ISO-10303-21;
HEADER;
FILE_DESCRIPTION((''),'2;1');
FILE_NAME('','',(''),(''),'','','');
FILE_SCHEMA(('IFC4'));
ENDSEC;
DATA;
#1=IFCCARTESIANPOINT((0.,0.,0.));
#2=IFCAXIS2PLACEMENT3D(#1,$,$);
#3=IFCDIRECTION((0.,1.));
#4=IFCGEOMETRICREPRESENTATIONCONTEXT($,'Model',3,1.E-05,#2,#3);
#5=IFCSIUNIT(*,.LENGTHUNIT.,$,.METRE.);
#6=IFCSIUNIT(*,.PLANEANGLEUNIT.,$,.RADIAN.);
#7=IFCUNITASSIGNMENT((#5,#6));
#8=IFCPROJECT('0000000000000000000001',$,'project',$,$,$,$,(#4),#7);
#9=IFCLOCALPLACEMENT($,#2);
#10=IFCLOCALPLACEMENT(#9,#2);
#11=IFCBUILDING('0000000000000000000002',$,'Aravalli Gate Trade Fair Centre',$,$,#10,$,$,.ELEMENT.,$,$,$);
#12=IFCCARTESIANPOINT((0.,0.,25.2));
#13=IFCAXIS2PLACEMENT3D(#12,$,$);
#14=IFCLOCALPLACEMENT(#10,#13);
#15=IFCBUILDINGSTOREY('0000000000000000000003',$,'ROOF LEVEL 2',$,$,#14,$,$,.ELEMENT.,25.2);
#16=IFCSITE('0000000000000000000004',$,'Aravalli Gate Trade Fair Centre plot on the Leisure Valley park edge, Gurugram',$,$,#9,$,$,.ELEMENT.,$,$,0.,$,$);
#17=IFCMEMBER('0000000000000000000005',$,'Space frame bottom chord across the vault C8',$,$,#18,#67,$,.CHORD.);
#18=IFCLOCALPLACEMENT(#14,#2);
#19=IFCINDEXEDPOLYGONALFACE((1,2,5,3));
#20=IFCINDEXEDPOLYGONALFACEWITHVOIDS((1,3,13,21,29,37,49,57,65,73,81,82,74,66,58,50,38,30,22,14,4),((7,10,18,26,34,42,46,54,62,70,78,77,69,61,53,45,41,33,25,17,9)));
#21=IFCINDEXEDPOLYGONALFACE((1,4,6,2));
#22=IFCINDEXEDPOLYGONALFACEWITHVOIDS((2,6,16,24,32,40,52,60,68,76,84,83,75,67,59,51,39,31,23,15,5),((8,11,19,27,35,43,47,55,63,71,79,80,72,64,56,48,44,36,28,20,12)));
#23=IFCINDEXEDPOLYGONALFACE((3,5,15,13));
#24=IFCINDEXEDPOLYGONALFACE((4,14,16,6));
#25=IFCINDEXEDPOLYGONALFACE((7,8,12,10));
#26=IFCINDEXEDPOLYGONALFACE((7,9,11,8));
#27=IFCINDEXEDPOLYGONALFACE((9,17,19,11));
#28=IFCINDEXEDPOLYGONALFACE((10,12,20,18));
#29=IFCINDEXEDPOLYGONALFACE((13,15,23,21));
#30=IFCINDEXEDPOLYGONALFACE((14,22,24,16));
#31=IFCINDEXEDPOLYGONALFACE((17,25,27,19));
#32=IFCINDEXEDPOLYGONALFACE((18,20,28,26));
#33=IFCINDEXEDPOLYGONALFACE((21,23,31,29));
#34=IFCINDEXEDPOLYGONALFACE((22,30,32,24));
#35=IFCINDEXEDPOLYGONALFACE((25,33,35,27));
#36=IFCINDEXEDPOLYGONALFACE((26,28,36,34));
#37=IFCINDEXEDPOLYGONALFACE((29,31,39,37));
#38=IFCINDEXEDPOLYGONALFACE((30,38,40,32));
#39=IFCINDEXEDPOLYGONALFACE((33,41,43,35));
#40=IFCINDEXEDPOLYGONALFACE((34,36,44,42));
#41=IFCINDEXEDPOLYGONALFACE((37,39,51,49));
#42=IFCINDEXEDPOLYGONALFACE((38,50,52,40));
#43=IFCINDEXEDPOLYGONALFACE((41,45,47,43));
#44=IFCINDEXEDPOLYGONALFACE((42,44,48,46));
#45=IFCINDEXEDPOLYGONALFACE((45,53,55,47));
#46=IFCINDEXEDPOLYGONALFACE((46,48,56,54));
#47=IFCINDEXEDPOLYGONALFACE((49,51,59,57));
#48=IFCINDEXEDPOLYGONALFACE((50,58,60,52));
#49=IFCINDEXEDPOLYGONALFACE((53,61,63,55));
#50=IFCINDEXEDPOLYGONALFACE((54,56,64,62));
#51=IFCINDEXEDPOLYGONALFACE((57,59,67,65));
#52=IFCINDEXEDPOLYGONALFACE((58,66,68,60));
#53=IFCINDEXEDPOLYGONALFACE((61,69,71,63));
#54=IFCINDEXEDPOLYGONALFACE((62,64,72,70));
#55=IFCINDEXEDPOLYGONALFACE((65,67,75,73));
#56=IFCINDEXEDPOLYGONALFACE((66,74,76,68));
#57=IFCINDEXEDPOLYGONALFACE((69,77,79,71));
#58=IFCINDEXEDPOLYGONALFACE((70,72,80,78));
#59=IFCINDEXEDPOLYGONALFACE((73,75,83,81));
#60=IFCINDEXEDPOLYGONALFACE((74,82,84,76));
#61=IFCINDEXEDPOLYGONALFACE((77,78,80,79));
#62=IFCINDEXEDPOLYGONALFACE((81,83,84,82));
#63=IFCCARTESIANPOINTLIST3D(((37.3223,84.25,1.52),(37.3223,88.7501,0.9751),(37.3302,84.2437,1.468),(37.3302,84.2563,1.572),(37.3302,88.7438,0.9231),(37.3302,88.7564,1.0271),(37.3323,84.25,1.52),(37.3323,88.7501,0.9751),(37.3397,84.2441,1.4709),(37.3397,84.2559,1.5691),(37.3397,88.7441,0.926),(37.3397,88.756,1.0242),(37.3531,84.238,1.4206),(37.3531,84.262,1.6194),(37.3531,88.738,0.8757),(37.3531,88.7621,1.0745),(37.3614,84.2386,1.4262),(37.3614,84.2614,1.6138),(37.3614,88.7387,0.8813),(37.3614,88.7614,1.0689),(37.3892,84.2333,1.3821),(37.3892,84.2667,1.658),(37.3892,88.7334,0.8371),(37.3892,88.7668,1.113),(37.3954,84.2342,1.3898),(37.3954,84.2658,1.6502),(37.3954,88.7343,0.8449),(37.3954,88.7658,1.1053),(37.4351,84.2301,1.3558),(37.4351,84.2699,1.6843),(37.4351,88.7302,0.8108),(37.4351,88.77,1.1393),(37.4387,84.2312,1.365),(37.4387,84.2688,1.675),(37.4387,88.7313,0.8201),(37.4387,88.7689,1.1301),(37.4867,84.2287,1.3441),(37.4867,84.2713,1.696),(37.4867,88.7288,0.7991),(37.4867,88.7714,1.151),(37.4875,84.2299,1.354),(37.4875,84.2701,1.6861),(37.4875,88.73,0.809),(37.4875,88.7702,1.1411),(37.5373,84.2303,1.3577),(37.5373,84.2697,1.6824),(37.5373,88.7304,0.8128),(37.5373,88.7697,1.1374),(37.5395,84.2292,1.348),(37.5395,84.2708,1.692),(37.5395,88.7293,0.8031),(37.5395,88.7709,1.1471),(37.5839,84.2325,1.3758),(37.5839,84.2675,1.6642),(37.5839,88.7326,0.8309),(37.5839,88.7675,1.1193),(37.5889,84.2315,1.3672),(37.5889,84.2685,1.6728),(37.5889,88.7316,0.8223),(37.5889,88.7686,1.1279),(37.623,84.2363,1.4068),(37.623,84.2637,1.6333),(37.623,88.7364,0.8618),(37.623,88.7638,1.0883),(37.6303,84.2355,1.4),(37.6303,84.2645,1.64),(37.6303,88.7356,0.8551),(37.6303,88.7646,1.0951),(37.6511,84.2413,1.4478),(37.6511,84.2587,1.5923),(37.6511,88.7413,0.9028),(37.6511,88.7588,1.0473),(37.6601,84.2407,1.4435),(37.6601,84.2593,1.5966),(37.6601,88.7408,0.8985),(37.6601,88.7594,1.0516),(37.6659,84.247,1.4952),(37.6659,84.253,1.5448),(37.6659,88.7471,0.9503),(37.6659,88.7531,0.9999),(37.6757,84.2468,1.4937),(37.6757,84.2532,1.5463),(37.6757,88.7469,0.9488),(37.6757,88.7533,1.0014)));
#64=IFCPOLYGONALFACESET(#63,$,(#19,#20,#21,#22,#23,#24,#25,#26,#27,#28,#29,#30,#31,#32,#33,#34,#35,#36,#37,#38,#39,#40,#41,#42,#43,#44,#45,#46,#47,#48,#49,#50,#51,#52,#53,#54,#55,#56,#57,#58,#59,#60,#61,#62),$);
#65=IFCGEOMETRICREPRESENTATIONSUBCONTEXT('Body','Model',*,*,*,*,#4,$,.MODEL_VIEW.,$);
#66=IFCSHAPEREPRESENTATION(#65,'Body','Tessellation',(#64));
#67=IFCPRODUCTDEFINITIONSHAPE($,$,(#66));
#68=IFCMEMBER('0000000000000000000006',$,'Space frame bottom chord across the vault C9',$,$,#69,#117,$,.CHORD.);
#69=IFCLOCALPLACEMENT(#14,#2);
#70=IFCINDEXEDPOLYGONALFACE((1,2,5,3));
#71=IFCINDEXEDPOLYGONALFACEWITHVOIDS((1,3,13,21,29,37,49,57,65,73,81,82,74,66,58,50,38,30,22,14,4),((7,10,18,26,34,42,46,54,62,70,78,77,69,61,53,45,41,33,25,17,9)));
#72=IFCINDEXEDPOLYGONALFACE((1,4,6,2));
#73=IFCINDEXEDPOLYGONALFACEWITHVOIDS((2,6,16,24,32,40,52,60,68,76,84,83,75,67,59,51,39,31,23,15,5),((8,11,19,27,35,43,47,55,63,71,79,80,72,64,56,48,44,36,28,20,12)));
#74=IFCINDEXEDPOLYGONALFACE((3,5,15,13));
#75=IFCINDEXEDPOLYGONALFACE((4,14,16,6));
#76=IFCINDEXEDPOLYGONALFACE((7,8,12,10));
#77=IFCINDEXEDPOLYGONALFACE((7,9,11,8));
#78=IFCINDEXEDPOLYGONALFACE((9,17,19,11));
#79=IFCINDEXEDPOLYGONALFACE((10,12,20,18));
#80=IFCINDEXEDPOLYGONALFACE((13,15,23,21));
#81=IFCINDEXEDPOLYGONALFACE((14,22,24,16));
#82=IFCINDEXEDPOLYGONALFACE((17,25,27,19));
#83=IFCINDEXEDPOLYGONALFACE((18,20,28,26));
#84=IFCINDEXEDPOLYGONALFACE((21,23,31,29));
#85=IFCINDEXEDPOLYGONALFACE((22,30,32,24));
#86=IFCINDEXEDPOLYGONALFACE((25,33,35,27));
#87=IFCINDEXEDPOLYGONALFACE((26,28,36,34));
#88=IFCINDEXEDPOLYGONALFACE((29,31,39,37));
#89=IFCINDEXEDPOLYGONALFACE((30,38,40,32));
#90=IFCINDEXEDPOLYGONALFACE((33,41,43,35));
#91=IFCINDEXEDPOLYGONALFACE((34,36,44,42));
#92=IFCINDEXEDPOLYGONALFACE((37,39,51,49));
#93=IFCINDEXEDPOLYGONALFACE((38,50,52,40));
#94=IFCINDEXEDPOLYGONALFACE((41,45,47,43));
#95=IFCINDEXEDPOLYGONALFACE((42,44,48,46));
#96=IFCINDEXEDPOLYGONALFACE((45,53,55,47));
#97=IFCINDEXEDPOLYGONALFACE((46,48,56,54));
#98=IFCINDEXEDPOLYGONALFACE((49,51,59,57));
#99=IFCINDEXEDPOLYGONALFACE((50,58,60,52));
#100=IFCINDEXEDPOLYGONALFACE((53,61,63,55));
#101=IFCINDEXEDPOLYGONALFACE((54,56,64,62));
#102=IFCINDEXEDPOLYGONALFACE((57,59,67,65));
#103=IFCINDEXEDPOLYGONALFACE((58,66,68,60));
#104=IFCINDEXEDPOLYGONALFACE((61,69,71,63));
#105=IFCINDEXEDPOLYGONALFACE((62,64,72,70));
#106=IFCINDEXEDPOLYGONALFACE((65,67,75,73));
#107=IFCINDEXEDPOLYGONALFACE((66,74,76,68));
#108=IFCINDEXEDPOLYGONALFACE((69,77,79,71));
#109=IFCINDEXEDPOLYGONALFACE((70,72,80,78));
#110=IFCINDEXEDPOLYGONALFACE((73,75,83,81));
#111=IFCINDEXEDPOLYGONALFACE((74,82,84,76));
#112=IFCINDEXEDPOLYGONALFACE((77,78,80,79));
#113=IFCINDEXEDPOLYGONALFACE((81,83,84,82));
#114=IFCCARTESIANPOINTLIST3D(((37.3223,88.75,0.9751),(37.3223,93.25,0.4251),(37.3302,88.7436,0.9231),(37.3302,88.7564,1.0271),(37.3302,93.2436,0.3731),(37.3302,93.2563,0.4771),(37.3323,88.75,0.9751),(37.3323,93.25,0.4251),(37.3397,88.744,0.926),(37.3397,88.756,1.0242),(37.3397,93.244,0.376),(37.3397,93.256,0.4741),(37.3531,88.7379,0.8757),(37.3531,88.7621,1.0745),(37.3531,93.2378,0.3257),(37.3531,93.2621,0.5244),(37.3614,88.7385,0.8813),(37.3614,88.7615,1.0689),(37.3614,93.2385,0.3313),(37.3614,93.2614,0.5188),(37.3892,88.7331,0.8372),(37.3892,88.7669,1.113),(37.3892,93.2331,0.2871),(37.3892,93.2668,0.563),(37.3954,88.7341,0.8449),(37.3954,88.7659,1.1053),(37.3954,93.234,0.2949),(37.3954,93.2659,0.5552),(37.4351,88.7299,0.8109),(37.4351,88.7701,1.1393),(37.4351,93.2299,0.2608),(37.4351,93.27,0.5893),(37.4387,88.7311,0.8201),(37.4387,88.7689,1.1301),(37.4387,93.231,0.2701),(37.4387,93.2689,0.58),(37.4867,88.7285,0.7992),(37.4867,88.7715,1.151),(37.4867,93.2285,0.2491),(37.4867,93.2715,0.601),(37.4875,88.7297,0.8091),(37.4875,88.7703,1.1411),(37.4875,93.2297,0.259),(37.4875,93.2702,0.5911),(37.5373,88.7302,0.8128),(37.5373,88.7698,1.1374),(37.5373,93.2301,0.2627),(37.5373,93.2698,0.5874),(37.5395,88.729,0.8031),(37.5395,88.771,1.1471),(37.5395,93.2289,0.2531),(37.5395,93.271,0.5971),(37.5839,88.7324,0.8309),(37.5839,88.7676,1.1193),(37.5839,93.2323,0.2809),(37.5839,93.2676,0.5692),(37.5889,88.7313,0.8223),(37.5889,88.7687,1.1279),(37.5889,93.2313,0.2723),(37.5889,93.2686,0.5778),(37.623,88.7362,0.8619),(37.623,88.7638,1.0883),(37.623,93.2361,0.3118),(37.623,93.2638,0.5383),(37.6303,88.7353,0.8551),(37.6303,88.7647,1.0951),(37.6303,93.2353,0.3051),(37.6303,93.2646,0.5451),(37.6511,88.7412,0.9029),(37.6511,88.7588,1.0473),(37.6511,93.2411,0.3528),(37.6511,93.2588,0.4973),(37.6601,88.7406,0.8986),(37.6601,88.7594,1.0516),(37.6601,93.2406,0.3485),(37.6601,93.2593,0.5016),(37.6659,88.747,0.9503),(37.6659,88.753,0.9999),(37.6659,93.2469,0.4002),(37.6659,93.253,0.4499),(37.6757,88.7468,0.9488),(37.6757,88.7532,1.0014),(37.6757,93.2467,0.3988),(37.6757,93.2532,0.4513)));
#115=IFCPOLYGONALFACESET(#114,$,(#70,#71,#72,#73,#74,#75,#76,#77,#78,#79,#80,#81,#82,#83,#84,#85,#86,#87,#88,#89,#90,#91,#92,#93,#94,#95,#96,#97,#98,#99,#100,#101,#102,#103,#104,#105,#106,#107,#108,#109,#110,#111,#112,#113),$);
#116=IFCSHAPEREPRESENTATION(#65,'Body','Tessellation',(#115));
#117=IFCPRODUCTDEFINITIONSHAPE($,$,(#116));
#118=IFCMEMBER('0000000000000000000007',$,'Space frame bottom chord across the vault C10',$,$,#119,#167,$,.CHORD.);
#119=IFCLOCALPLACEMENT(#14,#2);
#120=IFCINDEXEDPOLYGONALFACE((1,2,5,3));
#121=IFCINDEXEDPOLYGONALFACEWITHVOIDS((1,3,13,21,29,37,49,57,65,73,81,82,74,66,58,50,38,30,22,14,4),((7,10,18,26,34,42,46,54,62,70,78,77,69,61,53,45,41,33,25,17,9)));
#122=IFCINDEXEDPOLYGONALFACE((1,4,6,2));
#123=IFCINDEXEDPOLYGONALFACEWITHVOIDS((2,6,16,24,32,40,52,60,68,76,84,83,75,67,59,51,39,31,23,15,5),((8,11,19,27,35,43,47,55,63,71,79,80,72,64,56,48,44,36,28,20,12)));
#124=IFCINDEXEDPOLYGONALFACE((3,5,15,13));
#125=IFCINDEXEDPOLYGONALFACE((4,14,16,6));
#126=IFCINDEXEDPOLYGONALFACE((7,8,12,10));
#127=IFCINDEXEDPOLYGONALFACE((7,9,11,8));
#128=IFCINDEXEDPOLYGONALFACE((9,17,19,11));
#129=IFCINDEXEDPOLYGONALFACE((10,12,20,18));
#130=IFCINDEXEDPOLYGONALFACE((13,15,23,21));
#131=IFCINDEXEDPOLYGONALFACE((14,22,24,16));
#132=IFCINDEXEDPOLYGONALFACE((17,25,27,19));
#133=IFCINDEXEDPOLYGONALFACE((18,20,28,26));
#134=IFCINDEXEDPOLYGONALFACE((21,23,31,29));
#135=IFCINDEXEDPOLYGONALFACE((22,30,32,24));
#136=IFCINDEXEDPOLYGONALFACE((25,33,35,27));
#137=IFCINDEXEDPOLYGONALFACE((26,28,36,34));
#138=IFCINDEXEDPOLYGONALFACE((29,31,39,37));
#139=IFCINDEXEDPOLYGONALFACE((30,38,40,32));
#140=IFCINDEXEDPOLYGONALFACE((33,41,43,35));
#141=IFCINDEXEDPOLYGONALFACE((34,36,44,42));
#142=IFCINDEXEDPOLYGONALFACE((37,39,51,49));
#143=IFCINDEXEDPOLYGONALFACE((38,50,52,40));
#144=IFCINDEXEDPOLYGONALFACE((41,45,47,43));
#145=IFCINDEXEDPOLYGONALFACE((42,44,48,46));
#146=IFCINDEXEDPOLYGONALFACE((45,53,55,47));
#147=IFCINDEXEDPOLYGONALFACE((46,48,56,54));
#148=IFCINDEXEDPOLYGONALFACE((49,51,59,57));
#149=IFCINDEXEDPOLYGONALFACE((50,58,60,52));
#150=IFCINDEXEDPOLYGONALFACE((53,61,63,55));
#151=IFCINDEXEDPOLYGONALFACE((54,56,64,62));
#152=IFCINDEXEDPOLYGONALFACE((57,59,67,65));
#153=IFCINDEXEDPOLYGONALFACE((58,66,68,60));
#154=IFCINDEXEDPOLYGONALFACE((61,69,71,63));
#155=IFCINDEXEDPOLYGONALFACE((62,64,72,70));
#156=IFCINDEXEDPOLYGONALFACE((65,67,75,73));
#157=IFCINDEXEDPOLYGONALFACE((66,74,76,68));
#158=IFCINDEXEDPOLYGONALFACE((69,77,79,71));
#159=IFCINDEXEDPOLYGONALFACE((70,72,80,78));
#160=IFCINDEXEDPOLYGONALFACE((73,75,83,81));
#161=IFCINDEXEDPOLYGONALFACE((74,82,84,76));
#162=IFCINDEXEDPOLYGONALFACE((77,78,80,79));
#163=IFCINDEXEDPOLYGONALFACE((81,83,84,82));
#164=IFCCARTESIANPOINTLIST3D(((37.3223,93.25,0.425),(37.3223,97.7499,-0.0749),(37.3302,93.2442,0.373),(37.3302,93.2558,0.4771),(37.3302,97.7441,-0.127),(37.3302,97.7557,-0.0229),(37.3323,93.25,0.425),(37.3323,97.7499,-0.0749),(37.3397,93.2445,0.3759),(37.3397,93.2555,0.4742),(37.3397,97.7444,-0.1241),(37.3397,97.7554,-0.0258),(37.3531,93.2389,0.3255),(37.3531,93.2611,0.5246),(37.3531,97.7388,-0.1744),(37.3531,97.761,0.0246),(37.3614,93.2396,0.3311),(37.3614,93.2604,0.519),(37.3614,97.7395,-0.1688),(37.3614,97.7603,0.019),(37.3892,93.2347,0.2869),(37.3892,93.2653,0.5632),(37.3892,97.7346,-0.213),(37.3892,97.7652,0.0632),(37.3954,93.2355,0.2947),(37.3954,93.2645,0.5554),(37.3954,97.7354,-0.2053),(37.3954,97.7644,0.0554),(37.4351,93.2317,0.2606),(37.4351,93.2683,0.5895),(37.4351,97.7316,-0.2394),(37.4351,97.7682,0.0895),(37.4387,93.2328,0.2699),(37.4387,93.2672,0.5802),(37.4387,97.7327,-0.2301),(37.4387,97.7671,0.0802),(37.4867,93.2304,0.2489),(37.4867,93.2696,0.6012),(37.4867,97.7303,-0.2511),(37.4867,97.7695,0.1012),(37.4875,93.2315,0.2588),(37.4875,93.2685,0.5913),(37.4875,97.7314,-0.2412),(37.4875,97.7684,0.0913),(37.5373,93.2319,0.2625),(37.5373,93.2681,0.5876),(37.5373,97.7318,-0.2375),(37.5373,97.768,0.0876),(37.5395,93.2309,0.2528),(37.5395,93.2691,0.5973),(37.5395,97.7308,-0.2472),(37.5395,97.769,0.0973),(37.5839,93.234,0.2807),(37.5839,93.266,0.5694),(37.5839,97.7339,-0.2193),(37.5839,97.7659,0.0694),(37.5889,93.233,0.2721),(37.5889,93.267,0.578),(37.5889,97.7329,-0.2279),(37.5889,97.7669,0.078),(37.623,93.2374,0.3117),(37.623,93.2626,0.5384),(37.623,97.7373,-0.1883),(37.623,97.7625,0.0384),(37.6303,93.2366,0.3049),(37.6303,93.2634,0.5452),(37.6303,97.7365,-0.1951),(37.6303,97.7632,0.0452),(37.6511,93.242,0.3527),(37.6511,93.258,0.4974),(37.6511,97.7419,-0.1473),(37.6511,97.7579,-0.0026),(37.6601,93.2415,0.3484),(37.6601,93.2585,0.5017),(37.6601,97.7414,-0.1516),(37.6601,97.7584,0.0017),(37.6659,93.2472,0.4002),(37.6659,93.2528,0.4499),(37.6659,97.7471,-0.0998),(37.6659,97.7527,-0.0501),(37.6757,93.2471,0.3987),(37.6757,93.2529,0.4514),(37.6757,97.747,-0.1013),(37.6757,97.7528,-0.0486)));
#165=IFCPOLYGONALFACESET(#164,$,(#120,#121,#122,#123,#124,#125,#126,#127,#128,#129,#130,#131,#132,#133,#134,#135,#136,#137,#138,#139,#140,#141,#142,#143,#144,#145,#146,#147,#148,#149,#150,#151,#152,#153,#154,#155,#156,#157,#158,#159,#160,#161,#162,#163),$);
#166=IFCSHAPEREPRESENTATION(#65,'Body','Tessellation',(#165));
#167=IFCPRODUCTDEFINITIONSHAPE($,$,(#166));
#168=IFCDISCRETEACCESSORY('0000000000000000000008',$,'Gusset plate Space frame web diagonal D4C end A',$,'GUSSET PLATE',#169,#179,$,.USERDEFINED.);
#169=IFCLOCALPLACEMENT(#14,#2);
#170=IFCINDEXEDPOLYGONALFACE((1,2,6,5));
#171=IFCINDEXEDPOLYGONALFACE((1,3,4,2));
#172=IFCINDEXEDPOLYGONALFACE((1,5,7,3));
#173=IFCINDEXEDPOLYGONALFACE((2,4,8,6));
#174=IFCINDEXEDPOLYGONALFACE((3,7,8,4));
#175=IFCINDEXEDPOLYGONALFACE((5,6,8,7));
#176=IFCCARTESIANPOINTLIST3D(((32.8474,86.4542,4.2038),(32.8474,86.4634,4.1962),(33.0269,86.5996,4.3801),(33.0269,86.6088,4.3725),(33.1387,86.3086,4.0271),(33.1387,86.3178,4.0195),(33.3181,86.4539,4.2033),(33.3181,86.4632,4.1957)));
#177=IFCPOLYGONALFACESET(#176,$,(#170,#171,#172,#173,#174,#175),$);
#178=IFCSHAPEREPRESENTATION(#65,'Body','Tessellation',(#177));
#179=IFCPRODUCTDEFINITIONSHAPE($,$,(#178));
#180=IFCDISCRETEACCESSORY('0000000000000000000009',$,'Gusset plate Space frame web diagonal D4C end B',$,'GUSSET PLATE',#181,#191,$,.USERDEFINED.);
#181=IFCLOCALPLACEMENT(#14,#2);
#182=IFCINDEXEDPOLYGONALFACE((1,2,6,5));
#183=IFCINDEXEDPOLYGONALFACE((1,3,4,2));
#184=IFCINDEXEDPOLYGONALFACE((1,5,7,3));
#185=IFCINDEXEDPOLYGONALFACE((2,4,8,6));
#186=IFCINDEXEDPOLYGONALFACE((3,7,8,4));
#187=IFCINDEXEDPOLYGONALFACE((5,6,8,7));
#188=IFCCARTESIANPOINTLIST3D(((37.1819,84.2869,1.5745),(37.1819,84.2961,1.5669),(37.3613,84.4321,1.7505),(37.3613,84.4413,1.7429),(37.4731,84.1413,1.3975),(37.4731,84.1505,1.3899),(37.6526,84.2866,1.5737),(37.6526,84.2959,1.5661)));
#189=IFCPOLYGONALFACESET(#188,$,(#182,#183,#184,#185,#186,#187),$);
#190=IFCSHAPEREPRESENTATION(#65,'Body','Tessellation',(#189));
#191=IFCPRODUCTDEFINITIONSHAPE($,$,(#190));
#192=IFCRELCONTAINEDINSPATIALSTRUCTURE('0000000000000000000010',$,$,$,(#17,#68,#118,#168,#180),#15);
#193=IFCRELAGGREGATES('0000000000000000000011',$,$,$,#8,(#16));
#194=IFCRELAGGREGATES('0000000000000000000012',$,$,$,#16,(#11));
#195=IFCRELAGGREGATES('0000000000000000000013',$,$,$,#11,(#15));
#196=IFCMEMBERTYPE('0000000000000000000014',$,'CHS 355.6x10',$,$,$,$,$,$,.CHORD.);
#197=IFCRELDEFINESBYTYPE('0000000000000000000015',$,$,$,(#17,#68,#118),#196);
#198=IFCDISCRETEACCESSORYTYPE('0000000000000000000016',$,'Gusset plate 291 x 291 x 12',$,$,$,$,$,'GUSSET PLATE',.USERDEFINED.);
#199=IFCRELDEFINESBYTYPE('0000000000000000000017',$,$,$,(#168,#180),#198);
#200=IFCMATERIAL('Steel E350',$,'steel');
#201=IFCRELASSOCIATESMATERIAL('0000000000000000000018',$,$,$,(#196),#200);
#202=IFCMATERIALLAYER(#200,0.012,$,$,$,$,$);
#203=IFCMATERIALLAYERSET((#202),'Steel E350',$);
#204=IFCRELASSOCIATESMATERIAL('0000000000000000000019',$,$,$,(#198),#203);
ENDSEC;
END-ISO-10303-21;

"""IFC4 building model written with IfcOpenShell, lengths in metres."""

from ifc_helpers import new_model, si_unit, direction, frame, origin, origin_2d, place, context, subcontext, project, spatial, polyline, hollow_circle, outline, extrude, material, layer, layer_set, material_profile, profile_set, type_object, element, save


model = new_model("IFC4")

# Units and contexts
model_context = context("Model", 3, precision=1e-05, world=origin(), true_north=direction((0.0, 1.0)))
body_context = subcontext(model_context, "Body", "Model", "MODEL_VIEW")
ifc_project = project(units=[si_unit("LENGTHUNIT", "METRE"), si_unit("PLANEANGLEUNIT", "RADIAN")], contexts=[model_context])

# Site, building, storey
site_placement = place(None, origin())
site = spatial("IfcSite", under=ifc_project, at=site_placement, Name="Aravalli Gate Trade Fair Centre plot on the Leisure Valley park edge, Gurugram", CompositionType="ELEMENT", RefElevation=0.0)
building_placement = place(site_placement, origin())
building = spatial("IfcBuilding", under=site, at=building_placement, Name="Aravalli Gate Trade Fair Centre", CompositionType="ELEMENT")
storey_placement = place(building_placement, frame((0.0, 0.0, 25.2)))
storey = spatial("IfcBuildingStorey", under=building, at=storey_placement, Name="ROOF LEVEL 2", CompositionType="ELEMENT", Elevation=25.2)

# Members
ifc_material = material(Name="Steel E350", Category="steel")
ifc_material_profile_1 = material_profile(ifc_material, hollow_circle(Radius=0.1777, WallThickness=0.01, at=origin_2d()), Name="CHS 355.6x10")
ifc_profile_set_1 = profile_set([ifc_material_profile_1], Name="Steel E350")
member_type_1 = type_object("IfcMemberType", Name="CHS 355.6x10", PredefinedType="CHORD", material=ifc_profile_set_1)
member_1_placement = place(storey_placement, frame((37.5, 84.25, 1.52), z_axis=(0.0, 0.992748, -0.120216), x_axis=(-1.0, 0.0, 0.0)))
element("IfcMember", 1, at=member_1_placement, inside=storey, type_object=member_type_1, Name="Space frame bottom chord across the vault C8", PredefinedType="CHORD", context=body_context, shape_type="SweptSolid", body=[
    extrude(hollow_circle(Radius=0.1777, WallThickness=0.01, at=origin_2d()), origin(), (0.0, 0.0, 1.0), 4.533),
])
member_2_placement = place(storey_placement, frame((37.5, 88.75, 0.9751), z_axis=(0.0, 0.992612, -0.12133), x_axis=(-1.0, 0.0, 0.0)))
element("IfcMember", 2, at=member_2_placement, inside=storey, type_object=member_type_1, Name="Space frame bottom chord across the vault C9", PredefinedType="CHORD", context=body_context, shape_type="SweptSolid", body=[
    extrude(hollow_circle(Radius=0.1777, WallThickness=0.01, at=origin_2d()), origin(), (0.0, 0.0, 1.0), 4.5334),
])
member_3_placement = place(storey_placement, frame((37.5, 93.25, 0.425), z_axis=(0.0, 0.993884, -0.110432), x_axis=(-1.0, 0.0, 0.0)))
element("IfcMember", 3, at=member_3_placement, inside=storey, type_object=member_type_1, Name="Space frame bottom chord across the vault C10", PredefinedType="CHORD", context=body_context, shape_type="SweptSolid", body=[
    extrude(hollow_circle(Radius=0.1777, WallThickness=0.01, at=origin_2d()), origin(), (0.0, 0.0, 1.0), 4.5276),
])

# Discrete accessories
ifc_layer = layer(ifc_material, 0.012)
ifc_layer_set = layer_set([ifc_layer], Name="Steel E350")
discrete_accessory_type = type_object("IfcDiscreteAccessoryType", Name="Gusset plate 291 x 291 x 12", ElementType="GUSSET PLATE", PredefinedType="USERDEFINED", material=ifc_layer_set)
discrete_accessory_1_placement = place(storey_placement, frame((33.1387, 86.3086, 4.0271), z_axis=(0.00026, -0.771582, 0.63613), x_axis=(-0.78619, 0.392962, 0.476956)))
element("IfcDiscreteAccessory", 4, at=discrete_accessory_1_placement, inside=storey, type_object=discrete_accessory_type, Name="Gusset plate Space frame web diagonal D4C end A", ObjectType="GUSSET PLATE", PredefinedType="USERDEFINED", context=body_context, shape_type="SweptSolid", body=[
    extrude(outline(polyline([(0.0, 0.0), (0.3705, 0.0), (0.3706, -0.2906), (0.0001, -0.2905), (0.0, 0.0)])), origin(), (0.0, 0.0, -1.0), 0.012),
])
discrete_accessory_2_placement = place(storey_placement, frame((37.1819, 84.2869, 1.5745), z_axis=(0.000589, -0.771792, 0.635874), x_axis=(0.785943, -0.392803, -0.477493)))
element("IfcDiscreteAccessory", 5, at=discrete_accessory_2_placement, inside=storey, type_object=discrete_accessory_type, Name="Gusset plate Space frame web diagonal D4C end B", ObjectType="GUSSET PLATE", PredefinedType="USERDEFINED", context=body_context, shape_type="SweptSolid", body=[
    extrude(outline(polyline([(0.0, 0.0), (0.3706, 0.0), (0.3704, 0.2905), (-0.0001, 0.2903), (0.0, 0.0)])), origin(), (0.0, 0.0, -1.0), 0.012),
])

save(model, "model.ifc")
